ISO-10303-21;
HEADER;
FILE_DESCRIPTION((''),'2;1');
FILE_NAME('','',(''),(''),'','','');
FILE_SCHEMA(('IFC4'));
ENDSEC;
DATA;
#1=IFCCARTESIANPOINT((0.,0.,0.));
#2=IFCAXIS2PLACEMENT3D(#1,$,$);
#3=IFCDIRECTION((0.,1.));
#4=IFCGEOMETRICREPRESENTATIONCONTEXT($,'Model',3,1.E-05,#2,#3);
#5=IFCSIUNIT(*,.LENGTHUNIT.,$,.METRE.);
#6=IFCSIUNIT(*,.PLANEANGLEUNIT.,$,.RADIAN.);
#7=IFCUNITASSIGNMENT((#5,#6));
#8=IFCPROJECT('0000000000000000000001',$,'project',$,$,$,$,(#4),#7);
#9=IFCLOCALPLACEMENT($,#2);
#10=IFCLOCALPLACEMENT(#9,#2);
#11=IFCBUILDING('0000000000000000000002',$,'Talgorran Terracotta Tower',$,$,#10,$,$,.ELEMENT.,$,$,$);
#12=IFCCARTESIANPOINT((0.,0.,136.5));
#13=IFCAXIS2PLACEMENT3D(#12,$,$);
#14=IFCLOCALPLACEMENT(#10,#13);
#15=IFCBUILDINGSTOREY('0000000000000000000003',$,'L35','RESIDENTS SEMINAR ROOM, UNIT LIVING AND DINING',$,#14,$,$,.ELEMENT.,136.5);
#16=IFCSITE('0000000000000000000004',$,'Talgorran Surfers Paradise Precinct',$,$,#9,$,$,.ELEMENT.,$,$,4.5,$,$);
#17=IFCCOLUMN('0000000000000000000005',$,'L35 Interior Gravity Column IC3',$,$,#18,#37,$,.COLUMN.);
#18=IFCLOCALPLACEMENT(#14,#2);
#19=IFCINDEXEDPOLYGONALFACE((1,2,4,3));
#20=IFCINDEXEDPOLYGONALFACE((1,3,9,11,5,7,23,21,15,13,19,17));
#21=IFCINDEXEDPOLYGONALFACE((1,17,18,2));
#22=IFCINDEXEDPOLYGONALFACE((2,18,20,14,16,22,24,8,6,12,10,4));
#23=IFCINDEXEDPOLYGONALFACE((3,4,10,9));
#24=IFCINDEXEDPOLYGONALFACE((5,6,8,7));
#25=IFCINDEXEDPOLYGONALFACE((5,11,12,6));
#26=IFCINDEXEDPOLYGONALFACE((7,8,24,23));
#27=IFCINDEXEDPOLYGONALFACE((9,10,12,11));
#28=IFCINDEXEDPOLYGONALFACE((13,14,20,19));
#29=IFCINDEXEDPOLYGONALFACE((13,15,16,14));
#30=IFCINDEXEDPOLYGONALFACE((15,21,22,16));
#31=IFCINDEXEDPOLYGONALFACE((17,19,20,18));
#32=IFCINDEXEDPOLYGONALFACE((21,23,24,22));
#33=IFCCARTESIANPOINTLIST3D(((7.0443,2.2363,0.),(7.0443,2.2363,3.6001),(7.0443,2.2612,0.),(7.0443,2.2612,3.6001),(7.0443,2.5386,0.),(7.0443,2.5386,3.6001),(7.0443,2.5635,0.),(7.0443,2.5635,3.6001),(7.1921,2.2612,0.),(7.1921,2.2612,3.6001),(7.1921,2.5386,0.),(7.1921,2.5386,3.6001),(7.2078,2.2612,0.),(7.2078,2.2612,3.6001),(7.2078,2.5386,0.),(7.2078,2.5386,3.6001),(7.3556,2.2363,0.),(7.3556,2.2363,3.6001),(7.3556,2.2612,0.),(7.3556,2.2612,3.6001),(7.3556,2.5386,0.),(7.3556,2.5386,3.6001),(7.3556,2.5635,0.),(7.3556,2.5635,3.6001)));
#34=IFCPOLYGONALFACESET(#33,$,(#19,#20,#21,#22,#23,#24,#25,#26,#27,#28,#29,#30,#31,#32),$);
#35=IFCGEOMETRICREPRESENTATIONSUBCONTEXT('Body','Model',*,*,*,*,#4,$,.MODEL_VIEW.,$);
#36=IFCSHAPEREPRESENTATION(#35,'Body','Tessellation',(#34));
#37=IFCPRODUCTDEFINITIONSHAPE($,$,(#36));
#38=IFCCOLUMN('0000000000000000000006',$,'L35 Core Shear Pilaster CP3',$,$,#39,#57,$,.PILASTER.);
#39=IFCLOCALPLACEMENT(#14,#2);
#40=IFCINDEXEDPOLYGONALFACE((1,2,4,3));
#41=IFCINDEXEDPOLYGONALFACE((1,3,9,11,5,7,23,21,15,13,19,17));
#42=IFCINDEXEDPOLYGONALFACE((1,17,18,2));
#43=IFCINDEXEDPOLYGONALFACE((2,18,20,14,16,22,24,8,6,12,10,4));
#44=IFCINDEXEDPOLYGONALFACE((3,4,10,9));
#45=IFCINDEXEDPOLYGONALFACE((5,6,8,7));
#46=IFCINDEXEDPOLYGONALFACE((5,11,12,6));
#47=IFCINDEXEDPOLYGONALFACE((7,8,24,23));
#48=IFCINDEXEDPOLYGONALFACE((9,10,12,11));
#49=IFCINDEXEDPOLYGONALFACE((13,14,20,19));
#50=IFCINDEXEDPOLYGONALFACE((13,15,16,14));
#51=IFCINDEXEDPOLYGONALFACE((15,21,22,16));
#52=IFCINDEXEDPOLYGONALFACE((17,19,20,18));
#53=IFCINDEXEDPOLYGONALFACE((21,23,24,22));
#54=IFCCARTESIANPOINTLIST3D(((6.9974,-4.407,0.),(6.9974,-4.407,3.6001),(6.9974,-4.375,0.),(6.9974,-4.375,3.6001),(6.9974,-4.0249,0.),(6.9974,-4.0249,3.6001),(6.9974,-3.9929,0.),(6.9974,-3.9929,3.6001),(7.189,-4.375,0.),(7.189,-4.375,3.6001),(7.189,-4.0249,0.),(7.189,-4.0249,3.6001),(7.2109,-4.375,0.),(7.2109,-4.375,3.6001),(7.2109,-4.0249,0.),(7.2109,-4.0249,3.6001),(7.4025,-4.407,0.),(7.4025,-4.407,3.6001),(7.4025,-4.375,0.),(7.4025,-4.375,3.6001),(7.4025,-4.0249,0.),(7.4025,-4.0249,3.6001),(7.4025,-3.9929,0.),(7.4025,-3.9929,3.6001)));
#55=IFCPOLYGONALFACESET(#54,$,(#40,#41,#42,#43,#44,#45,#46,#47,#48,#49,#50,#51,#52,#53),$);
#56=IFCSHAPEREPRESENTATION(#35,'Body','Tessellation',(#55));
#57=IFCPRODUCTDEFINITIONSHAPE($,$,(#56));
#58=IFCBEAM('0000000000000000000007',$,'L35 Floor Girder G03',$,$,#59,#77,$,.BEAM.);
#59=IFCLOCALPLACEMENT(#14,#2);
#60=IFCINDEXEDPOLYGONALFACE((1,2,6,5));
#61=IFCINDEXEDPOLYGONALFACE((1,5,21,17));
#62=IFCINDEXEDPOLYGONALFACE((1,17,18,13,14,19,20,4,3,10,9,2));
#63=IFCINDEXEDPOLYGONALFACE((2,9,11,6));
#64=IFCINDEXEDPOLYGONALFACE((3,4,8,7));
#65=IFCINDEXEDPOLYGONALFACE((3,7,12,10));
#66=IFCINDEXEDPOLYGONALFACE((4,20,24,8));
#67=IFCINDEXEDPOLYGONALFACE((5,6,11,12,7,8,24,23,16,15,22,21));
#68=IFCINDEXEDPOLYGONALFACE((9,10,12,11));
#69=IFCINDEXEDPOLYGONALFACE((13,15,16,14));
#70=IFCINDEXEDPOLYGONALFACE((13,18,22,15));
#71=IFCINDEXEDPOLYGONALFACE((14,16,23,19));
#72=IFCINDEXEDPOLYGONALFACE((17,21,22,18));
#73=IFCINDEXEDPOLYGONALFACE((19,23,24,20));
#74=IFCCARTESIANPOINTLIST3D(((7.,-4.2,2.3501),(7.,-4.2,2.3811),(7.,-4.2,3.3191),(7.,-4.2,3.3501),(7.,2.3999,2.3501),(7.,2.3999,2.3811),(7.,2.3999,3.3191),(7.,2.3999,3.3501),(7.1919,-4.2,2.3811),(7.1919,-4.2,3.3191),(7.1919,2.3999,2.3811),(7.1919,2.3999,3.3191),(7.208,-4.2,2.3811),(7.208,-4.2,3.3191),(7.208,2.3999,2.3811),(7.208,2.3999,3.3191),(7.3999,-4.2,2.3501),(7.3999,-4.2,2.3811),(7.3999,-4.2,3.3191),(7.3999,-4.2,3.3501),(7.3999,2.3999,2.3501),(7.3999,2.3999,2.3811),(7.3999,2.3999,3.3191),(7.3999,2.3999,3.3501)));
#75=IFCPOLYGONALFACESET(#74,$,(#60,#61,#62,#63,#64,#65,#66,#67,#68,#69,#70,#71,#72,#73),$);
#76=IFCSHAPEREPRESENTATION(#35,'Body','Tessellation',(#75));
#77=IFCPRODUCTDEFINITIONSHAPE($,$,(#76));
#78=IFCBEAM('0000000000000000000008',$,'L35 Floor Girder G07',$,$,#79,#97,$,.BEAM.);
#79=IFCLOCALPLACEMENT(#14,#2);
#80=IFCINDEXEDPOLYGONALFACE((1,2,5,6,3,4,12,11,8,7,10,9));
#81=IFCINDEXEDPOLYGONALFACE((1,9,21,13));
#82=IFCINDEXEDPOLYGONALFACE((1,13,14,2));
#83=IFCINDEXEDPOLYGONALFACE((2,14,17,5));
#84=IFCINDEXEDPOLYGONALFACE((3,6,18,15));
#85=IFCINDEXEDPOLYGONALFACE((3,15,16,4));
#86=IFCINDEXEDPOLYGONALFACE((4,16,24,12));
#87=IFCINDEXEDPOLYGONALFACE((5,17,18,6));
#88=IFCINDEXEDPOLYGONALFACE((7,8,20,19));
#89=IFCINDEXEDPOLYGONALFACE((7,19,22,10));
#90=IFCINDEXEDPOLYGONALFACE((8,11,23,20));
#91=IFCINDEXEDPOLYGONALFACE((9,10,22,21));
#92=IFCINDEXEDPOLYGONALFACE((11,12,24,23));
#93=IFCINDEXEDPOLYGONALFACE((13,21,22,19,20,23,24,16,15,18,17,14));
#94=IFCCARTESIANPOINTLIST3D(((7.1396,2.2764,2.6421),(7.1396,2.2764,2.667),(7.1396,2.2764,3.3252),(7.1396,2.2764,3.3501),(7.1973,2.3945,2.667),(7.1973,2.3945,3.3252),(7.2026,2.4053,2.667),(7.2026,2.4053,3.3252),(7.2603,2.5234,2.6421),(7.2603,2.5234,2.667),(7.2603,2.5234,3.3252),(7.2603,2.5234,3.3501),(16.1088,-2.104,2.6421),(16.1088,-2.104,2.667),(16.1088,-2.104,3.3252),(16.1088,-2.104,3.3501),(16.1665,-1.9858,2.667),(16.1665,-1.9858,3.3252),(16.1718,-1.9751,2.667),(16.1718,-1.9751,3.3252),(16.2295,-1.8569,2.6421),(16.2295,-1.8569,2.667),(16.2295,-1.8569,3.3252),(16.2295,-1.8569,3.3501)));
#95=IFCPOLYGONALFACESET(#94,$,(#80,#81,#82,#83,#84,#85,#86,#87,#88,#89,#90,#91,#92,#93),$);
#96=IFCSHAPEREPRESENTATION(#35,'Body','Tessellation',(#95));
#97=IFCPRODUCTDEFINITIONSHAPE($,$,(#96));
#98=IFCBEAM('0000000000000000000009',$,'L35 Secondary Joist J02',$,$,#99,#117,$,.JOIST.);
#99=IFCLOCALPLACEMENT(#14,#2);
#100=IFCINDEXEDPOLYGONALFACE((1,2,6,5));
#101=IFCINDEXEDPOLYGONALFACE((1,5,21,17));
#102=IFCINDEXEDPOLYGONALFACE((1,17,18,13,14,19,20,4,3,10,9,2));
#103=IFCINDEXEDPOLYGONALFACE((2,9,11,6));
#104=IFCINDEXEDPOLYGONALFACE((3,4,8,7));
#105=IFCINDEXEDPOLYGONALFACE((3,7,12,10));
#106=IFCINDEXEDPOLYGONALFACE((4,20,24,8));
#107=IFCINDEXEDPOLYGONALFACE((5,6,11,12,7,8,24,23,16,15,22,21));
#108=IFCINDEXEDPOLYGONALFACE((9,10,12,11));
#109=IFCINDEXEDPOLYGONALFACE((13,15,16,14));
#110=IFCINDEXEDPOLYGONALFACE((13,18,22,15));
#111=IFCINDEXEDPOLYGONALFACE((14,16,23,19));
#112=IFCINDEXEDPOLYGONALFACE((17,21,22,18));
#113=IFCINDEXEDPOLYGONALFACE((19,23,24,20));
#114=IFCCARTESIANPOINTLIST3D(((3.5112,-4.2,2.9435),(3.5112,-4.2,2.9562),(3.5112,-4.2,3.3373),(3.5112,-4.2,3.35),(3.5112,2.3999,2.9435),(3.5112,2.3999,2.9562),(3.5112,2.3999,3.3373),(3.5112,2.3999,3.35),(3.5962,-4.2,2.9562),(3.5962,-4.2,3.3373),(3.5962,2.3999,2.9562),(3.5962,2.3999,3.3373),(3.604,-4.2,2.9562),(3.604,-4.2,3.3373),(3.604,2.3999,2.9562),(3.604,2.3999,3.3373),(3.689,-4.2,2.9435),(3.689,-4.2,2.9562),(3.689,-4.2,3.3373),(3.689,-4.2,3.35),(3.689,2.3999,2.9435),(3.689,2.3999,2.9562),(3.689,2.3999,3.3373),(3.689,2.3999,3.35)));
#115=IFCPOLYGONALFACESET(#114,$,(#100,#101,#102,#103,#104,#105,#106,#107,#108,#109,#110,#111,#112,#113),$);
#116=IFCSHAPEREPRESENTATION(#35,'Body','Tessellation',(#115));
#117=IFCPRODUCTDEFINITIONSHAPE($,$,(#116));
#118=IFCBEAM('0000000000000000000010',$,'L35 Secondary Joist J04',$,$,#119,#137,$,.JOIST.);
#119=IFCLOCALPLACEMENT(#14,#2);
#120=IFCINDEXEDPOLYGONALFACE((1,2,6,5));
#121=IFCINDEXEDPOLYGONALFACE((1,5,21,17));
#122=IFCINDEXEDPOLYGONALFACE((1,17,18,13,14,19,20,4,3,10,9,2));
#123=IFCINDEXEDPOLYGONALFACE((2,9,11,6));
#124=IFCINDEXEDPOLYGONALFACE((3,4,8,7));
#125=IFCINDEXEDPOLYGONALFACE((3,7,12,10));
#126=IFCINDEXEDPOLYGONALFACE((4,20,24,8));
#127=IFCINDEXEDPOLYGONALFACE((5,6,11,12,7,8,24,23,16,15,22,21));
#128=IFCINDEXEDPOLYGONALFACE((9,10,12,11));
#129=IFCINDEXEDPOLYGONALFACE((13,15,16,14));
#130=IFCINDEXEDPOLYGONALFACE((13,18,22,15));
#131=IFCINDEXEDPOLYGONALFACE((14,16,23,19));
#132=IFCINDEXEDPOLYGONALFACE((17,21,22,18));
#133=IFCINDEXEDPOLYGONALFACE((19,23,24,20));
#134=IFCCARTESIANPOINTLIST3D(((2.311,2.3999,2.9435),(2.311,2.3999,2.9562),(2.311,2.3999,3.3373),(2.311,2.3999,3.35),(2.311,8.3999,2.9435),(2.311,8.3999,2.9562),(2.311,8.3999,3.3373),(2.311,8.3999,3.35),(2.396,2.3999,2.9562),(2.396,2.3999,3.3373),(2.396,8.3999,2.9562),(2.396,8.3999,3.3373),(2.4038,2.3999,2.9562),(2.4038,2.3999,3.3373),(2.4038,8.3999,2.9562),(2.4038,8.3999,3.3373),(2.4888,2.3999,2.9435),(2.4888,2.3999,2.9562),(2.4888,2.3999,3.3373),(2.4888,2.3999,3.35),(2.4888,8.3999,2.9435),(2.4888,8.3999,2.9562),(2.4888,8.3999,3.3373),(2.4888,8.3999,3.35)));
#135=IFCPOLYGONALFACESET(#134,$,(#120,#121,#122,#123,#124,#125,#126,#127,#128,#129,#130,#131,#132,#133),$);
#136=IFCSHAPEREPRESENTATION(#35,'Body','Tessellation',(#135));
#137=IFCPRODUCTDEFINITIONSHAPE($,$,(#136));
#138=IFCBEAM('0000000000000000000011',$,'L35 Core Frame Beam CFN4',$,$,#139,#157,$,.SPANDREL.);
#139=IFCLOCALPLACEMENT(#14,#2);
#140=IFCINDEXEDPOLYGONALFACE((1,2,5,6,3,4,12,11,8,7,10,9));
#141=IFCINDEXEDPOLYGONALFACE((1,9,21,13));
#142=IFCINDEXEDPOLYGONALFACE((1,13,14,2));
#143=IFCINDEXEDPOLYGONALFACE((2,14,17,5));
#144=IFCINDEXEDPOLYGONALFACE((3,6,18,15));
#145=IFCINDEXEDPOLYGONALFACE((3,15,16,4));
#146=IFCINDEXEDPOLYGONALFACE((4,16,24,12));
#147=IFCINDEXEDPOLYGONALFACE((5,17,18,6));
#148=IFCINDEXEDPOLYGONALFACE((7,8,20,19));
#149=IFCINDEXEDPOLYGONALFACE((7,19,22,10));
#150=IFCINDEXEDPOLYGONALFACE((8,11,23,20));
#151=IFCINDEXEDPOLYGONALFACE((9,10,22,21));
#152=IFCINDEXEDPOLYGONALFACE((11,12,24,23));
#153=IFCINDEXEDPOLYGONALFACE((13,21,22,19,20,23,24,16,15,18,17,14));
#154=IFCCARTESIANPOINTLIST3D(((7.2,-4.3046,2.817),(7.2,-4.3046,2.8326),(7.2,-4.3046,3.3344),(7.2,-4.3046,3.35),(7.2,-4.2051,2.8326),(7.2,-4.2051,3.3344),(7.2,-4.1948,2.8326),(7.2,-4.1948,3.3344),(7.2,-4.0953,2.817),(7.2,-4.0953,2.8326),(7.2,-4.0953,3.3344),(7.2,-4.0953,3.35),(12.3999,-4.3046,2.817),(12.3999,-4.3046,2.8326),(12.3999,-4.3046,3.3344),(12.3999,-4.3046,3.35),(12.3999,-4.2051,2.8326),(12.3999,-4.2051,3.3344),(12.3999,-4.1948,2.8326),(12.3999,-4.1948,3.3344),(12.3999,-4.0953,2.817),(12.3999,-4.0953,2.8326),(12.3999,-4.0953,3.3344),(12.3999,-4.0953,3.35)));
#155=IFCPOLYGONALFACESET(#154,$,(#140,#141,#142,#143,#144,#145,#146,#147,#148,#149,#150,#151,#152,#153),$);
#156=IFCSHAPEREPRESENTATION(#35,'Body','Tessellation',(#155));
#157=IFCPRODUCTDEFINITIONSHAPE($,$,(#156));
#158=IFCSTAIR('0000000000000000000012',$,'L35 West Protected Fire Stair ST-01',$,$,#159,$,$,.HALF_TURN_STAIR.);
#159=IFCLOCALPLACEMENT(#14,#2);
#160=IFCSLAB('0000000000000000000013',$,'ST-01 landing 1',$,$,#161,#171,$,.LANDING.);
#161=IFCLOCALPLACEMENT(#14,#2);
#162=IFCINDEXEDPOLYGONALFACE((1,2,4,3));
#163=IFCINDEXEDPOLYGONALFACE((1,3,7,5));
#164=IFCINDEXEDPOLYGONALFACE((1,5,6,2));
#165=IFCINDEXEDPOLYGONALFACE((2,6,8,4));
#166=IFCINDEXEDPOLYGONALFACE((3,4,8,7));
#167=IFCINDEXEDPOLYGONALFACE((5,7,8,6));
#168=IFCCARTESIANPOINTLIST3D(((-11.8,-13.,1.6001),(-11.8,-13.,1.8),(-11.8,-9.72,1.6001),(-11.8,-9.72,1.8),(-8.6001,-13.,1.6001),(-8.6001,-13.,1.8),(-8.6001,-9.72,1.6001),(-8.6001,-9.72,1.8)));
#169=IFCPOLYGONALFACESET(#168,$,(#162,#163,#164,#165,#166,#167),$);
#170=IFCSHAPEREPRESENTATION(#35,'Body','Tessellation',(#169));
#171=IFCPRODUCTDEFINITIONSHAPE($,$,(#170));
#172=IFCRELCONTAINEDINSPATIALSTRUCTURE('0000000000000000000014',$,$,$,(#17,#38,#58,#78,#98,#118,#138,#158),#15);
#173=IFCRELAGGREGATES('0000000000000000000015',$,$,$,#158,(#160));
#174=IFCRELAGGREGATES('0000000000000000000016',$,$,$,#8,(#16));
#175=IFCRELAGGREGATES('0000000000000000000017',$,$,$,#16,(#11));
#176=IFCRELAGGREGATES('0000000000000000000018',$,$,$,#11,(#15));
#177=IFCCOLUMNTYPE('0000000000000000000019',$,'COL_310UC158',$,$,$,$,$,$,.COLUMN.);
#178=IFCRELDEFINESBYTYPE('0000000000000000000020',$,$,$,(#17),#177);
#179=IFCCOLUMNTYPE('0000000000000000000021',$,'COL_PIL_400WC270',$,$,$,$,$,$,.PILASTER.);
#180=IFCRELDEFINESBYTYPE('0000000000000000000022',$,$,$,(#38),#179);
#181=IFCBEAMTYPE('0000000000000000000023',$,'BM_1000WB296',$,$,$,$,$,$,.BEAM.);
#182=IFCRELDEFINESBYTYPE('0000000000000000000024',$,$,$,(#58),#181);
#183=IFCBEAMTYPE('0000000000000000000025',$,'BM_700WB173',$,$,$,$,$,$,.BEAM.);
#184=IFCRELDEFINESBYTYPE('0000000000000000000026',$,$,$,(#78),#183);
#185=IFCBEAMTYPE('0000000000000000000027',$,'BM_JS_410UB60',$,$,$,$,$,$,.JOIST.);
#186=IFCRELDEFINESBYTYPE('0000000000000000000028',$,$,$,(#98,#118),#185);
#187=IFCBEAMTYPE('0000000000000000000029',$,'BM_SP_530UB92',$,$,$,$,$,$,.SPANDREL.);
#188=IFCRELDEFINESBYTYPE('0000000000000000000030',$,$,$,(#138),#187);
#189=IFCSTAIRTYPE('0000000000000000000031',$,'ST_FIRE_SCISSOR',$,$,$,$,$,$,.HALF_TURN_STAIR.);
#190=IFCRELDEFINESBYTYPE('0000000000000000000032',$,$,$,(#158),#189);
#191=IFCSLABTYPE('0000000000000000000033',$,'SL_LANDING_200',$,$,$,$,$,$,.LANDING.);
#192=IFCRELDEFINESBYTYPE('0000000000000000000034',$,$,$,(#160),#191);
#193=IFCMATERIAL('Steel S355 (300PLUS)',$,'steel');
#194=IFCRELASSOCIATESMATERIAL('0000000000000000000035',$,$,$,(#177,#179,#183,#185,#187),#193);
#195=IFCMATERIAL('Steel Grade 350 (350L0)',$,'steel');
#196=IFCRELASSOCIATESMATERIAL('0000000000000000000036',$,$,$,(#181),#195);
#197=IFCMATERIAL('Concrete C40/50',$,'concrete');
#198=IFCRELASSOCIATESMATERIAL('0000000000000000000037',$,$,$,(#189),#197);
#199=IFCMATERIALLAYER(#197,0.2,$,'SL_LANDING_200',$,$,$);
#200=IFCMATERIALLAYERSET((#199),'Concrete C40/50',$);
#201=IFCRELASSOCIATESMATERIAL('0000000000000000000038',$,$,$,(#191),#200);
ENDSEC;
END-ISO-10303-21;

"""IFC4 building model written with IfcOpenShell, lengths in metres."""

from ifc_helpers import new_model, si_unit, direction, frame, origin, origin_2d, place, context, subcontext, project, spatial, polyline, i_section, outline, extrude, material, layer, layer_set, material_profile, profile_set, type_object, element, aggregate, save


model = new_model("IFC4")

# Units and contexts
model_context = context("Model", 3, precision=1e-05, world=origin(), true_north=direction((0.0, 1.0)))
body_context = subcontext(model_context, "Body", "Model", "MODEL_VIEW")
ifc_project = project(units=[si_unit("LENGTHUNIT", "METRE"), si_unit("PLANEANGLEUNIT", "RADIAN")], contexts=[model_context])

# Site, building, storey
site_placement = place(None, origin())
site = spatial("IfcSite", under=ifc_project, at=site_placement, Name="Talgorran Surfers Paradise Precinct", CompositionType="ELEMENT", RefElevation=4.5)
building_placement = place(site_placement, origin())
building = spatial("IfcBuilding", under=site, at=building_placement, Name="Talgorran Terracotta Tower", CompositionType="ELEMENT")
storey_placement = place(building_placement, frame((0.0, 0.0, 136.5)))
storey = spatial("IfcBuildingStorey", under=building, at=storey_placement, Name="L35", Description="RESIDENTS SEMINAR ROOM, UNIT LIVING AND DINING", CompositionType="ELEMENT", Elevation=136.5)

# Columns
ifc_material_1 = material(Name="Steel S355 (300PLUS)", Category="steel")
ifc_material_profile_1 = material_profile(ifc_material_1, i_section(OverallWidth=0.3113, OverallDepth=0.3271, WebThickness=0.0156, FlangeThickness=0.0249, at=origin_2d()), Name="310UC158")
ifc_profile_set_1 = profile_set([ifc_material_profile_1], Name="Steel S355 (300PLUS)")
column_type_1 = type_object("IfcColumnType", Name="COL_310UC158", PredefinedType="COLUMN", material=ifc_profile_set_1)
column_1_placement = place(storey_placement, frame((7.2, 2.3999, 0.0), z_axis=(0.0, 0.0, 1.0), x_axis=(1.0, 0.0, 0.0)))
element("IfcColumn", 1, at=column_1_placement, inside=storey, type_object=column_type_1, Name="L35 Interior Gravity Column IC3", PredefinedType="COLUMN", context=body_context, shape_type="SweptSolid", body=[
    extrude(i_section(OverallWidth=0.3113, OverallDepth=0.3271, WebThickness=0.0156, FlangeThickness=0.0249, at=origin_2d()), origin(), (0.0, 0.0, 1.0), 3.6001),
])
ifc_material_profile_2 = material_profile(ifc_material_1, i_section(OverallWidth=0.405, OverallDepth=0.4141, WebThickness=0.022, FlangeThickness=0.032, at=origin_2d()), Name="400WC270")
ifc_profile_set_2 = profile_set([ifc_material_profile_2], Name="Steel S355 (300PLUS)")
column_type_2 = type_object("IfcColumnType", Name="COL_PIL_400WC270", PredefinedType="PILASTER", material=ifc_profile_set_2)
column_2_placement = place(storey_placement, frame((7.2, -4.2, 0.0), z_axis=(0.0, 0.0, 1.0), x_axis=(1.0, 0.0, 0.0)))
element("IfcColumn", 2, at=column_2_placement, inside=storey, type_object=column_type_2, Name="L35 Core Shear Pilaster CP3", PredefinedType="PILASTER", context=body_context, shape_type="SweptSolid", body=[
    extrude(i_section(OverallWidth=0.405, OverallDepth=0.4141, WebThickness=0.022, FlangeThickness=0.032, at=origin_2d()), origin(), (0.0, 0.0, 1.0), 3.6001),
])

# Beams
ifc_material_2 = material(Name="Steel Grade 350 (350L0)", Category="steel")
ifc_material_profile_3 = material_profile(ifc_material_2, i_section(OverallWidth=0.3999, OverallDepth=1.0, WebThickness=0.0161, FlangeThickness=0.031, at=origin_2d()), Name="1000WB296")
ifc_profile_set_3 = profile_set([ifc_material_profile_3], Name="Steel Grade 350 (350L0)")
beam_type_1 = type_object("IfcBeamType", Name="BM_1000WB296", PredefinedType="BEAM", material=ifc_profile_set_3)
beam_1_placement = place(storey_placement, frame((7.2, -4.2, 2.8501), z_axis=(0.0, 1.0, 0.0), x_axis=(-1.0, 0.0, 0.0)))
element("IfcBeam", 3, at=beam_1_placement, inside=storey, type_object=beam_type_1, Name="L35 Floor Girder G03", PredefinedType="BEAM", context=body_context, shape_type="SweptSolid", body=[
    extrude(i_section(OverallWidth=0.3999, OverallDepth=1.0, WebThickness=0.0161, FlangeThickness=0.031, at=origin_2d()), origin(), (0.0, 0.0, 1.0), 6.5999),
])
ifc_material_profile_4 = material_profile(ifc_material_1, i_section(OverallWidth=0.2749, OverallDepth=0.708, WebThickness=0.012, FlangeThickness=0.0249, at=origin_2d()), Name="700WB173")
ifc_profile_set_4 = profile_set([ifc_material_profile_4], Name="Steel S355 (300PLUS)")
beam_type_2 = type_object("IfcBeamType", Name="BM_700WB173", PredefinedType="BEAM", material=ifc_profile_set_4)
beam_2_placement = place(storey_placement, frame((7.2, 2.3999, 2.9961), z_axis=(0.898566, -0.438839, 0.0), x_axis=(0.438839, 0.898566, 0.0)))
element("IfcBeam", 4, at=beam_2_placement, inside=storey, type_object=beam_type_2, Name="L35 Floor Girder G07", PredefinedType="BEAM", context=body_context, shape_type="SweptSolid", body=[
    extrude(i_section(OverallWidth=0.2749, OverallDepth=0.708, WebThickness=0.012, FlangeThickness=0.0249, at=origin_2d()), origin(), (0.0, 0.0, 1.0), 9.9817),
])
ifc_material_profile_5 = material_profile(ifc_material_1, i_section(OverallWidth=0.1777, OverallDepth=0.4065, WebThickness=0.0078, FlangeThickness=0.0127, at=origin_2d()), Name="410UB59.7")
ifc_profile_set_5 = profile_set([ifc_material_profile_5], Name="Steel S355 (300PLUS)")
beam_type_3 = type_object("IfcBeamType", Name="BM_JS_410UB60", PredefinedType="JOIST", material=ifc_profile_set_5)
beam_3_placement = place(storey_placement, frame((3.6001, -4.2, 3.1467), z_axis=(0.0, 1.0, 0.0), x_axis=(-1.0, 0.0, 0.0)))
element("IfcBeam", 5, at=beam_3_placement, inside=storey, type_object=beam_type_3, Name="L35 Secondary Joist J02", PredefinedType="JOIST", context=body_context, shape_type="SweptSolid", body=[
    extrude(i_section(OverallWidth=0.1777, OverallDepth=0.4065, WebThickness=0.0078, FlangeThickness=0.0127, at=origin_2d()), origin(), (0.0, 0.0, 1.0), 6.5999),
])
beam_4_placement = place(storey_placement, frame((2.3999, 2.3999, 3.1467), z_axis=(0.0, 1.0, 0.0), x_axis=(-1.0, 0.0, 0.0)))
element("IfcBeam", 6, at=beam_4_placement, inside=storey, type_object=beam_type_3, Name="L35 Secondary Joist J04", PredefinedType="JOIST", context=body_context, shape_type="SweptSolid", body=[
    extrude(i_section(OverallWidth=0.1777, OverallDepth=0.4065, WebThickness=0.0078, FlangeThickness=0.0127, at=origin_2d()), origin(), (0.0, 0.0, 1.0), 6.0),
])
ifc_material_profile_6 = material_profile(ifc_material_1, i_section(OverallWidth=0.2092, OverallDepth=0.533, WebThickness=0.0103, FlangeThickness=0.0156, at=origin_2d()), Name="530UB92.4")
ifc_profile_set_6 = profile_set([ifc_material_profile_6], Name="Steel S355 (300PLUS)")
beam_type_4 = type_object("IfcBeamType", Name="BM_SP_530UB92", PredefinedType="SPANDREL", material=ifc_profile_set_6)
beam_5_placement = place(storey_placement, frame((7.2, -4.2, 3.0835), z_axis=(1.0, 0.0, 0.0), x_axis=(0.0, 1.0, 0.0)))
element("IfcBeam", 7, at=beam_5_placement, inside=storey, type_object=beam_type_4, Name="L35 Core Frame Beam CFN4", PredefinedType="SPANDREL", context=body_context, shape_type="SweptSolid", body=[
    extrude(i_section(OverallWidth=0.2092, OverallDepth=0.533, WebThickness=0.0103, FlangeThickness=0.0156, at=origin_2d()), origin(), (0.0, 0.0, 1.0), 5.2),
])

# Stair, slab
ifc_material_3 = material(Name="Concrete C40/50", Category="concrete")
stair_type = type_object("IfcStairType", Name="ST_FIRE_SCISSOR", PredefinedType="HALF_TURN_STAIR", material=ifc_material_3)
stair_1_placement = place(storey_placement, origin())
stair_1 = element("IfcStair", 8, at=stair_1_placement, inside=storey, type_object=stair_type, Name="L35 West Protected Fire Stair ST-01", PredefinedType="HALF_TURN_STAIR")
ifc_layer_1 = layer(ifc_material_3, 0.2, Name="SL_LANDING_200")
ifc_layer_set_1 = layer_set([ifc_layer_1], Name="Concrete C40/50")
slab_type = type_object("IfcSlabType", Name="SL_LANDING_200", PredefinedType="LANDING", material=ifc_layer_set_1)
slab_1_placement = place(storey_placement, frame((0.0, 0.0, 1.6001)))
slab_1 = element("IfcSlab", 9, at=slab_1_placement, type_object=slab_type, Name="ST-01 landing 1", PredefinedType="LANDING", context=body_context, shape_type="SweptSolid", body=[
    extrude(outline(polyline([(-11.8, -9.72), (-11.8, -13.0), (-8.6001, -13.0), (-8.6001, -9.72), (-11.8, -9.72)])), origin(), (0.0, 0.0, 1.0), 0.2),
])
aggregate(stair_1, [slab_1])

save(model, "model.ifc")
